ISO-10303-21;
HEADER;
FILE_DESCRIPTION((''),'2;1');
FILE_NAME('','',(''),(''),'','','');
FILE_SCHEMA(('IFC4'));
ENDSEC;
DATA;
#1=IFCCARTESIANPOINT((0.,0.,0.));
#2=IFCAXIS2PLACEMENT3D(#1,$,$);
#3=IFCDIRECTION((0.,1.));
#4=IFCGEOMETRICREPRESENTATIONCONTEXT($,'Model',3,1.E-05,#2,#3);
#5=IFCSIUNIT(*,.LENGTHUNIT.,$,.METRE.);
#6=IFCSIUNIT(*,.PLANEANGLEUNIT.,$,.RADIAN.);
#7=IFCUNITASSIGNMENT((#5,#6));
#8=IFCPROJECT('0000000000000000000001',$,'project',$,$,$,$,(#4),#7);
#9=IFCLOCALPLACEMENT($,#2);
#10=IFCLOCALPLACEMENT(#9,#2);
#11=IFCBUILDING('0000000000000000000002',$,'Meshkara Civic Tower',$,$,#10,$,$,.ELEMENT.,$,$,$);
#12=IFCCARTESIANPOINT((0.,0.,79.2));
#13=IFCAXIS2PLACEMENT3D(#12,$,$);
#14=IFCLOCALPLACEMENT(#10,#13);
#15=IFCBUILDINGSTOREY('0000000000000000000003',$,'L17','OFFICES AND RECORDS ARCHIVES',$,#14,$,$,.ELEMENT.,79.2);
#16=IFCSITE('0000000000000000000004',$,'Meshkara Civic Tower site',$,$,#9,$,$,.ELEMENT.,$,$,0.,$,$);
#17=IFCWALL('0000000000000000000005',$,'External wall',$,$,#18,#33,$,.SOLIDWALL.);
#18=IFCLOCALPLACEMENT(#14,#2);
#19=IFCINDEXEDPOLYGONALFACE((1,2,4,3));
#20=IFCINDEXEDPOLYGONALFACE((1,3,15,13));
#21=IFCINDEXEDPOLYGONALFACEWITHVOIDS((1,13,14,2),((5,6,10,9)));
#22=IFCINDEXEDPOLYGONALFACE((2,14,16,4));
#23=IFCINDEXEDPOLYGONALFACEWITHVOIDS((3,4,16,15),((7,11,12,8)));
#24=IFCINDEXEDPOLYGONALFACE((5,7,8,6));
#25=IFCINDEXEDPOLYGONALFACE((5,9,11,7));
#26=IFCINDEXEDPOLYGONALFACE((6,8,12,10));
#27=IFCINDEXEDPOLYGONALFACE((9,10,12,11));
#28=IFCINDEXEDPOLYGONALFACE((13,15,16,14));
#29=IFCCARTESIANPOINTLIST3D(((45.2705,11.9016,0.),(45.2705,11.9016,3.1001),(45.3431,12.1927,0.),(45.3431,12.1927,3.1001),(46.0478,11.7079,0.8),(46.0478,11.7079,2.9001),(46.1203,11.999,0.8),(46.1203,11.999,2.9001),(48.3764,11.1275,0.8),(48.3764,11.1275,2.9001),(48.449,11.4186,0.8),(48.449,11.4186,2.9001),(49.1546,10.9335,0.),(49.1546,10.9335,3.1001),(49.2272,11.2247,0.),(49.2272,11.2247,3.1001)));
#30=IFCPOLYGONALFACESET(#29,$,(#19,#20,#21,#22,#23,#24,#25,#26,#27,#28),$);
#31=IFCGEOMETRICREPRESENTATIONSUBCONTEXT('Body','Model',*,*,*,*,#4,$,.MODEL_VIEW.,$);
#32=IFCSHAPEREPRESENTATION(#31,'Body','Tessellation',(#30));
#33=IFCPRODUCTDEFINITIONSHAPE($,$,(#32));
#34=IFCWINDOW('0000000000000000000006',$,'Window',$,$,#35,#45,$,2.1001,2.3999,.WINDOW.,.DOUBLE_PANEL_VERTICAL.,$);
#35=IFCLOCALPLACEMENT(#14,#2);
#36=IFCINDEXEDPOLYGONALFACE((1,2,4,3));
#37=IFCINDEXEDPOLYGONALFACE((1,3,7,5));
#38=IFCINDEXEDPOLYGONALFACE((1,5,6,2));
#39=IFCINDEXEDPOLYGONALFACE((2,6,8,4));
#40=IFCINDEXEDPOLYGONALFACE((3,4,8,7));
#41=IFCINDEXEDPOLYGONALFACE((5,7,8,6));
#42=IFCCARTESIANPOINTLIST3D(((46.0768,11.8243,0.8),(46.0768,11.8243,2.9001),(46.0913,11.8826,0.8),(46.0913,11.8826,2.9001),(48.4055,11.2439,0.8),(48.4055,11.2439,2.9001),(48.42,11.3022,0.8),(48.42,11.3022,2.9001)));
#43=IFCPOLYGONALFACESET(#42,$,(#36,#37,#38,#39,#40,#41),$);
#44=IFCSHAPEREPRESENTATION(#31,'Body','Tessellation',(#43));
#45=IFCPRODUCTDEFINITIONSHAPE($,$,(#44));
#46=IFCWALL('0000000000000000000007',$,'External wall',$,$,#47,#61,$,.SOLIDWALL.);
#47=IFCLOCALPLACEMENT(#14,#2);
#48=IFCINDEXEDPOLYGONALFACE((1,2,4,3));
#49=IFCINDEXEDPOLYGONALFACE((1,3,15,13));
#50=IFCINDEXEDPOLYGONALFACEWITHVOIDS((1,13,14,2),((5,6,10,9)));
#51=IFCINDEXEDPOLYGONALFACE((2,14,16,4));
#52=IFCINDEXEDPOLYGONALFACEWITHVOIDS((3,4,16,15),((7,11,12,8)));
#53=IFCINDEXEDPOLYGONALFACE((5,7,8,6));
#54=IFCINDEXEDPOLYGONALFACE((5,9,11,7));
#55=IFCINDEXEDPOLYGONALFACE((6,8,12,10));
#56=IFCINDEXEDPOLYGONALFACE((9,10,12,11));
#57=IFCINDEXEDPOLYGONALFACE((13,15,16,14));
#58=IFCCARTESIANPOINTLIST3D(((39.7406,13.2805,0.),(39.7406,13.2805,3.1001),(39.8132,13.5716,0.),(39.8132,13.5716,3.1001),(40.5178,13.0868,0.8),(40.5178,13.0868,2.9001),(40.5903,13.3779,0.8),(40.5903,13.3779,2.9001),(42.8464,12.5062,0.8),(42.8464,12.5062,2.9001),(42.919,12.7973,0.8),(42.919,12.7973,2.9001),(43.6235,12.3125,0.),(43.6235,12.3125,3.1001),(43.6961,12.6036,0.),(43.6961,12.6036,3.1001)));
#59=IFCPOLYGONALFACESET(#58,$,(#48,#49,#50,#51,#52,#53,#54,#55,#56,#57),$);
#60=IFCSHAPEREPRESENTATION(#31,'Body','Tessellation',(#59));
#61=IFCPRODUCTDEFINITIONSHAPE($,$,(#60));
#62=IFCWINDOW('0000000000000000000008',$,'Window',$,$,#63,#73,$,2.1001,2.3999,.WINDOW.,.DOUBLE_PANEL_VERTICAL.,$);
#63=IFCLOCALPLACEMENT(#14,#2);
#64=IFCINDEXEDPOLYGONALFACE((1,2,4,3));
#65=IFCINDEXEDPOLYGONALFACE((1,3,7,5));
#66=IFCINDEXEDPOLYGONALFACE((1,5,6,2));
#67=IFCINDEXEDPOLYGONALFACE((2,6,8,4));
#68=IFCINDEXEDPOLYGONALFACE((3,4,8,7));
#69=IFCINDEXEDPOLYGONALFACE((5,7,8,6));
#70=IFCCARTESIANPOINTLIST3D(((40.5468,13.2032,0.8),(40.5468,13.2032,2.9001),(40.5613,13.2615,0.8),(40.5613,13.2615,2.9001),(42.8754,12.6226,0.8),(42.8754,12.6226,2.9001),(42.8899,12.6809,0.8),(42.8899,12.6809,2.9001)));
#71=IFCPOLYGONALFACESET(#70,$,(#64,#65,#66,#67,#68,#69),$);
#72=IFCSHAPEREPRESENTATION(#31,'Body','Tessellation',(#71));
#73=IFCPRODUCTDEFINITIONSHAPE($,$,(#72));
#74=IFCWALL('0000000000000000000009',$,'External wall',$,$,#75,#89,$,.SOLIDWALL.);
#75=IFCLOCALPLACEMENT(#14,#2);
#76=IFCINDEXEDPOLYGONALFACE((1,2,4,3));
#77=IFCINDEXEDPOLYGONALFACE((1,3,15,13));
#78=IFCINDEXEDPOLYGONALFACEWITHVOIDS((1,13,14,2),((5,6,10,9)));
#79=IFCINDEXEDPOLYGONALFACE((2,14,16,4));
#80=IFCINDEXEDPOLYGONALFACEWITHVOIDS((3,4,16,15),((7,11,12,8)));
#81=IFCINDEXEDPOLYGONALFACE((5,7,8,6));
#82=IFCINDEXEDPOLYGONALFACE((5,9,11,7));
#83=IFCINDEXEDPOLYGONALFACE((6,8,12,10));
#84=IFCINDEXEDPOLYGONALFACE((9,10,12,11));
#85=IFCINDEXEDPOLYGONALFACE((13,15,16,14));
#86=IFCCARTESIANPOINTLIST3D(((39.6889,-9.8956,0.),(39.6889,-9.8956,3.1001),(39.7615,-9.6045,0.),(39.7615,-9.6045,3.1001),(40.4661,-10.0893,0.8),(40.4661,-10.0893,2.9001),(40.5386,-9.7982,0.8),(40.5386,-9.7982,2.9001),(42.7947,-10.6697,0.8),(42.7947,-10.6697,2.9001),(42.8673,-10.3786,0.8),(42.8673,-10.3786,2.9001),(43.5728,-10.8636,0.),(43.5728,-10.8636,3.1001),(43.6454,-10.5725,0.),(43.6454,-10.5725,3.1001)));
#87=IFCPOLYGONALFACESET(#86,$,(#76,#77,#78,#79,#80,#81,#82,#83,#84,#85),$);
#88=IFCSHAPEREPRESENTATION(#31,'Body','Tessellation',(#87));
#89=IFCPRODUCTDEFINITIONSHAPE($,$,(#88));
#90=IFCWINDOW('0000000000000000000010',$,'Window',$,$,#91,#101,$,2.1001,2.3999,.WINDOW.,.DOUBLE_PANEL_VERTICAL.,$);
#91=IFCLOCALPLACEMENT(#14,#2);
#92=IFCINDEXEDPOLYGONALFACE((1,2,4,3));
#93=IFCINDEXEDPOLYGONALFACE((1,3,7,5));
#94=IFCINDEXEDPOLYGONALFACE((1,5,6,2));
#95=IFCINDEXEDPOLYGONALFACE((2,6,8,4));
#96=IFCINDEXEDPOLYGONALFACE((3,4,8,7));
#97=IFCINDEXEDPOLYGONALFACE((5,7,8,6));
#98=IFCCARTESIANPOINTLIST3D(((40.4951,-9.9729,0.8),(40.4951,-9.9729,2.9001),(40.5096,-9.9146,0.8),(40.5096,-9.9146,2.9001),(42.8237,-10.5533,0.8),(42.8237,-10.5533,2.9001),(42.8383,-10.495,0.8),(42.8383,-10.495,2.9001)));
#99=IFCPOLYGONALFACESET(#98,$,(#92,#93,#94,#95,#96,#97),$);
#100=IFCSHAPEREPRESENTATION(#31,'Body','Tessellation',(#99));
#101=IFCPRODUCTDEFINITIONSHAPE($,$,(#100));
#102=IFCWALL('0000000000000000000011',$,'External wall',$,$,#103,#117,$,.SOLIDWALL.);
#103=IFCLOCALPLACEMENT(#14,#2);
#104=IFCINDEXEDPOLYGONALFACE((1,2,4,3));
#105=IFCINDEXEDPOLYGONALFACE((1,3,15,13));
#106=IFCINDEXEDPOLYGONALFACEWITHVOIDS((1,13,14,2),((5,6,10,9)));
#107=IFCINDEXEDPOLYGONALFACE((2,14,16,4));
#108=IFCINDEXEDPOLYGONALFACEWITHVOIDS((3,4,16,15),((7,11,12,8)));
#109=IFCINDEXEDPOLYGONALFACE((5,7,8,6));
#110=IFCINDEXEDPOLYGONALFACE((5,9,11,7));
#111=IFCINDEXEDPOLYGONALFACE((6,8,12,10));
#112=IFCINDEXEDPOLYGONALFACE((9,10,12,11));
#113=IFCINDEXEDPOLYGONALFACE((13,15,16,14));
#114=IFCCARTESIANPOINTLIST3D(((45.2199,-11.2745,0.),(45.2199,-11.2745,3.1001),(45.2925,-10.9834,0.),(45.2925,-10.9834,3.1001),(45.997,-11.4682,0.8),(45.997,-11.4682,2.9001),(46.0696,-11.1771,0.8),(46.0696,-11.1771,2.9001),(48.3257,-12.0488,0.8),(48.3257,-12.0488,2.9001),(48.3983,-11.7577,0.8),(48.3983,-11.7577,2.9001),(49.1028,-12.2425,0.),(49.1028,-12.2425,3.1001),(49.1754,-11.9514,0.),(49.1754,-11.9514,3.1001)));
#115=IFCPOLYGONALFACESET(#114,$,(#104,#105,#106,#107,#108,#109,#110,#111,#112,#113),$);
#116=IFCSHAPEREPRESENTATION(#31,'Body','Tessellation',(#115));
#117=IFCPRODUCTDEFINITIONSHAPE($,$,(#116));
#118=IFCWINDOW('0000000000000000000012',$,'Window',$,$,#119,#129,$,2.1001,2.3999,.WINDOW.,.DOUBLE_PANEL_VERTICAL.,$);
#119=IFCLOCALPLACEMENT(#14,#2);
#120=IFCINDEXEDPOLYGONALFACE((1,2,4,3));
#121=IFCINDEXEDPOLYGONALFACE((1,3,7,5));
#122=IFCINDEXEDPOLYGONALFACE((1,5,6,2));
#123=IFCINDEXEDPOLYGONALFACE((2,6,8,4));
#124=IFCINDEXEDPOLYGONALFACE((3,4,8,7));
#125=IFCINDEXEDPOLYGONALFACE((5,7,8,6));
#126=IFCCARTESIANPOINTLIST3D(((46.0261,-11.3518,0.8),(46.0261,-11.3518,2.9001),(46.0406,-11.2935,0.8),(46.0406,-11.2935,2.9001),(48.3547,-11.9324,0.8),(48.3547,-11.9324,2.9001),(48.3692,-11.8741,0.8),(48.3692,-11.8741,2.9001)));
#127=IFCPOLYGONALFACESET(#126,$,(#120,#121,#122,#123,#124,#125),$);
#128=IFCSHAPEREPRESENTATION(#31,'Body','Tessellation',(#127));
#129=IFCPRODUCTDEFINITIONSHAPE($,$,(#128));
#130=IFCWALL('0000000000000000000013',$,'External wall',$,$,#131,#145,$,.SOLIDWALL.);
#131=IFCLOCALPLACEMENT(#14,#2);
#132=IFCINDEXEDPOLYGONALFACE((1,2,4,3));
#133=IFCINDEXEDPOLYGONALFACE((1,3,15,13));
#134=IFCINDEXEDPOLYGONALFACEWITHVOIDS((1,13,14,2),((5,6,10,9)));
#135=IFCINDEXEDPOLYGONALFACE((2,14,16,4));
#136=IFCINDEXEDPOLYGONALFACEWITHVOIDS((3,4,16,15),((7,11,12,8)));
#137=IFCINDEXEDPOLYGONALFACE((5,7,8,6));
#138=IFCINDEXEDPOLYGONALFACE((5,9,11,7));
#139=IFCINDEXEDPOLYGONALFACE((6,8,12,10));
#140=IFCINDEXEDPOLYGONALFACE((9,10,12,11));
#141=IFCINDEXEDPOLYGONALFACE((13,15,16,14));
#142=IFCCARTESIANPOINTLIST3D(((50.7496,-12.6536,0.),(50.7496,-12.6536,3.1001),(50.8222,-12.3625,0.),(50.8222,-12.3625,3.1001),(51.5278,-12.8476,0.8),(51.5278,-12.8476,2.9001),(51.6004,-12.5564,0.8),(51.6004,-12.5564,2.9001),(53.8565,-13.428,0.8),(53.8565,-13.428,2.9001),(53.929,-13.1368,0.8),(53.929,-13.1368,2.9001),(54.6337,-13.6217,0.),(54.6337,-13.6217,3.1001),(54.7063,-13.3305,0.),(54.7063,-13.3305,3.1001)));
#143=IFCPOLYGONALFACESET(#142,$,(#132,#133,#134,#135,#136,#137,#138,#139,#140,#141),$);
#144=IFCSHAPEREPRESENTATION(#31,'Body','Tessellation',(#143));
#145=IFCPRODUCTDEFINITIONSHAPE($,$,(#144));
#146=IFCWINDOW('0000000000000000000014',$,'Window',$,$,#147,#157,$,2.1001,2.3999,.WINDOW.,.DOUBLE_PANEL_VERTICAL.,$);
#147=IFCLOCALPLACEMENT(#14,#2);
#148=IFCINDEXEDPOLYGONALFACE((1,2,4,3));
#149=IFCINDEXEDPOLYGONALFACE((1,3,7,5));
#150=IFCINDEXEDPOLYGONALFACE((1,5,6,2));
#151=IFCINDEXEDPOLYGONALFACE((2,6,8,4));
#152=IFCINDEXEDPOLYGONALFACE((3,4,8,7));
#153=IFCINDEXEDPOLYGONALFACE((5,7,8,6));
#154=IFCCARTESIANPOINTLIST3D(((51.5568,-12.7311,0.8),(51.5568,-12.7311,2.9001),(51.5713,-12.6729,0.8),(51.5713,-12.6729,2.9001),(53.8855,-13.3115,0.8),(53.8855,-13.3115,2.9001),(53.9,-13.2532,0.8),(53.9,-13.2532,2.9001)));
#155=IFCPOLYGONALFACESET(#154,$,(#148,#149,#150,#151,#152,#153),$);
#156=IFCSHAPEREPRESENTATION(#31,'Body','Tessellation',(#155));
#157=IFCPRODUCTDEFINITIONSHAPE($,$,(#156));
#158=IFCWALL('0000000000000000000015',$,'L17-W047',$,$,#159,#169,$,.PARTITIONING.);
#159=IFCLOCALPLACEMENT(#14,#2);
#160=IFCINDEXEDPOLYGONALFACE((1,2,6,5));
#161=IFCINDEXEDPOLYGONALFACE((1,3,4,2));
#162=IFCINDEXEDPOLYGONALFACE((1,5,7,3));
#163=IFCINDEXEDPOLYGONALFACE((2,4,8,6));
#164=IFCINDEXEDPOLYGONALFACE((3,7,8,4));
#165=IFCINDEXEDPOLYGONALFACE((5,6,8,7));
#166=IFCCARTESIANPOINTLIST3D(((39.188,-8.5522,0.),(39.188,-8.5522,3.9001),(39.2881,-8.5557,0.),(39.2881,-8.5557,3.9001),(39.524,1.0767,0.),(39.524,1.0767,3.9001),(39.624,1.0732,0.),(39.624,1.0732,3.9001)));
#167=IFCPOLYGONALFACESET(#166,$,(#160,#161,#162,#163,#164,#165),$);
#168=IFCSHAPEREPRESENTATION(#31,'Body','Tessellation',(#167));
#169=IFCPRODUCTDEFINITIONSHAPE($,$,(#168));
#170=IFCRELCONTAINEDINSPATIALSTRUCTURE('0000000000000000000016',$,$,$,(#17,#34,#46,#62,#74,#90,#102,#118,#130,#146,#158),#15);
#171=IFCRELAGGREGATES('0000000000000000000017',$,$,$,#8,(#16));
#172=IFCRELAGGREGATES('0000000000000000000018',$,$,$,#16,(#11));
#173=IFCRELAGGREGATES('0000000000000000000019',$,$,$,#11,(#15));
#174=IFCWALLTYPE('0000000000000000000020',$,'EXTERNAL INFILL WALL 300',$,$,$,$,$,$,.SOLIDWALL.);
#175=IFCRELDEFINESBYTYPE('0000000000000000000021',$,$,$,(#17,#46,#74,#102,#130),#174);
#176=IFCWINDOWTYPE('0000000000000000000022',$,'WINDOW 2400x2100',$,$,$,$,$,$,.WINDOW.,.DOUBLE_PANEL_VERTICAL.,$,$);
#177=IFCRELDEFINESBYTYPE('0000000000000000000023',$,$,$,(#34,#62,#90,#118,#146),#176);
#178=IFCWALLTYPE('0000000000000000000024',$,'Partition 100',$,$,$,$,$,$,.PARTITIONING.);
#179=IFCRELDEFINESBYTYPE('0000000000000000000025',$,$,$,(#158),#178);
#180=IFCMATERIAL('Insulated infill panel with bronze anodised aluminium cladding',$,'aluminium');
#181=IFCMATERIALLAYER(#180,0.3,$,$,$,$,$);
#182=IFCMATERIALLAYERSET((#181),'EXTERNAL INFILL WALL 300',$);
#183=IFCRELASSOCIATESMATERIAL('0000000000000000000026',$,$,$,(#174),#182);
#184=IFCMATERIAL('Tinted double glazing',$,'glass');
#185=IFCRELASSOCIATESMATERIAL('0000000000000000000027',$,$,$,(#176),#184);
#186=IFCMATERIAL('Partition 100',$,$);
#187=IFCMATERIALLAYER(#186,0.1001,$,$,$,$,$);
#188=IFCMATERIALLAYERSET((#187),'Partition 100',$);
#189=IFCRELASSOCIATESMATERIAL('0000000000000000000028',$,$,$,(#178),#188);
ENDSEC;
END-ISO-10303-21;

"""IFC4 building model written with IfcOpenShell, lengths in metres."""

from ifc_helpers import new_model, si_unit, direction, frame, frame_2d, origin, place, context, subcontext, project, spatial, rectangle, extrude, material, layer, layer_set, type_object, element, fill, save


model = new_model("IFC4")

# Units and contexts
model_context = context("Model", 3, precision=1e-05, world=origin(), true_north=direction((0.0, 1.0)))
body_context = subcontext(model_context, "Body", "Model", "MODEL_VIEW")
ifc_project = project(units=[si_unit("LENGTHUNIT", "METRE"), si_unit("PLANEANGLEUNIT", "RADIAN")], contexts=[model_context])

# Site, building, storey
site_placement = place(None, origin())
site = spatial("IfcSite", under=ifc_project, at=site_placement, Name="Meshkara Civic Tower site", CompositionType="ELEMENT", RefElevation=0.0)
building_placement = place(site_placement, origin())
building = spatial("IfcBuilding", under=site, at=building_placement, Name="Meshkara Civic Tower", CompositionType="ELEMENT")
storey_placement = place(building_placement, frame((0.0, 0.0, 79.2)))
storey = spatial("IfcBuildingStorey", under=building, at=storey_placement, Name="L17", Description="OFFICES AND RECORDS ARCHIVES", CompositionType="ELEMENT", Elevation=79.2)

# Walls, openings, windows
ifc_material_1 = material(Name="Insulated infill panel with bronze anodised aluminium cladding", Category="aluminium")
ifc_layer_1 = layer(ifc_material_1, 0.3)
ifc_layer_set_1 = layer_set([ifc_layer_1], Name="EXTERNAL INFILL WALL 300")
wall_type_1 = type_object("IfcWallType", Name="EXTERNAL INFILL WALL 300", PredefinedType="SOLIDWALL", material=ifc_layer_set_1)
wall_1_placement = place(storey_placement, frame((49.1909, 11.0791, 0.0), z_axis=(0.0, 0.0, 1.0), x_axis=(-0.970318, 0.241832, 0.0)))
wall_1 = element("IfcWall", 1, at=wall_1_placement, inside=storey, type_object=wall_type_1, Name="External wall", PredefinedType="SOLIDWALL", context=body_context, shape_type="SweptSolid", body=[
    extrude(rectangle(XDim=4.0029, YDim=0.3, at=frame_2d((2.0015, 0.0))), origin(), (0.0, 0.0, 1.0), 3.1001),
])
opening_1_placement = place(wall_1_placement, frame((0.802, 0.0, 0.8)))
opening_1 = element("IfcOpeningElement", 2, at=opening_1_placement, cuts=wall_1, PredefinedType="OPENING", context=body_context, shape_type="SweptSolid", body=[
    extrude(rectangle(XDim=2.3999, YDim=2.1001, at=frame_2d((1.2, 1.05))), frame((0.0, 0.1599, 0.0), z_axis=(0.0, -1.0, 0.0), x_axis=(1.0, 0.0, 0.0)), (0.0, 0.0, 1.0), 0.3201),
])
ifc_material_2 = material(Name="Tinted double glazing", Category="glass")
window_type = type_object("IfcWindowType", Name="WINDOW 2400x2100", PartitioningType="DOUBLE_PANEL_VERTICAL", PredefinedType="WINDOW", material=ifc_material_2)
window_1_placement = place(opening_1_placement, origin())
window_1 = element("IfcWindow", 3, at=window_1_placement, inside=storey, type_object=window_type, Name="Window", OverallHeight=2.1001, OverallWidth=2.3999, PartitioningType="DOUBLE_PANEL_VERTICAL", PredefinedType="WINDOW", context=body_context, shape_type="SweptSolid", body=[
    extrude(rectangle(XDim=2.3999, YDim=2.1001, at=frame_2d((1.2, 1.05))), frame((0.0, 0.03, 0.0), z_axis=(0.0, -1.0, 0.0), x_axis=(1.0, 0.0, 0.0)), (0.0, 0.0, 1.0), 0.0601),
])
fill(opening_1, window_1)
wall_2_placement = place(storey_placement, frame((43.6599, 12.458, 0.0), z_axis=(0.0, 0.0, 1.0), x_axis=(-0.9703, 0.241904, 0.0)))
wall_2 = element("IfcWall", 4, at=wall_2_placement, inside=storey, type_object=wall_type_1, Name="External wall", PredefinedType="SOLIDWALL", context=body_context, shape_type="SweptSolid", body=[
    extrude(rectangle(XDim=4.0017, YDim=0.3, at=frame_2d((2.001, 0.0))), origin(), (0.0, 0.0, 1.0), 3.1001),
])
opening_2_placement = place(wall_2_placement, frame((0.801, 0.0, 0.8)))
opening_2 = element("IfcOpeningElement", 5, at=opening_2_placement, cuts=wall_2, PredefinedType="OPENING", context=body_context, shape_type="SweptSolid", body=[
    extrude(rectangle(XDim=2.3999, YDim=2.1001, at=frame_2d((1.2, 1.05))), frame((0.0, 0.1599, 0.0), z_axis=(0.0, -1.0, 0.0), x_axis=(1.0, 0.0, 0.0)), (0.0, 0.0, 1.0), 0.3201),
])
window_2_placement = place(opening_2_placement, origin())
window_2 = element("IfcWindow", 6, at=window_2_placement, inside=storey, type_object=window_type, Name="Window", OverallHeight=2.1001, OverallWidth=2.3999, PartitioningType="DOUBLE_PANEL_VERTICAL", PredefinedType="WINDOW", context=body_context, shape_type="SweptSolid", body=[
    extrude(rectangle(XDim=2.3999, YDim=2.1001, at=frame_2d((1.2, 1.05))), frame((0.0, 0.03, 0.0), z_axis=(0.0, -1.0, 0.0), x_axis=(1.0, 0.0, 0.0)), (0.0, 0.0, 1.0), 0.0601),
])
fill(opening_2, window_2)
wall_3_placement = place(storey_placement, frame((39.7251, -9.75, 0.0), z_axis=(0.0, 0.0, 1.0), x_axis=(0.970314, -0.241847, 0.0)))
wall_3 = element("IfcWall", 7, at=wall_3_placement, inside=storey, type_object=wall_type_1, Name="External wall", PredefinedType="SOLIDWALL", context=body_context, shape_type="SweptSolid", body=[
    extrude(rectangle(XDim=4.0027, YDim=0.3, at=frame_2d((2.0015, 0.0))), origin(), (0.0, 0.0, 1.0), 3.1001),
])
opening_3_placement = place(wall_3_placement, frame((0.801, 0.0, 0.8)))
opening_3 = element("IfcOpeningElement", 8, at=opening_3_placement, cuts=wall_3, PredefinedType="OPENING", context=body_context, shape_type="SweptSolid", body=[
    extrude(rectangle(XDim=2.3999, YDim=2.1001, at=frame_2d((1.2, 1.05))), frame((0.0, 0.1599, 0.0), z_axis=(0.0, -1.0, 0.0), x_axis=(1.0, 0.0, 0.0)), (0.0, 0.0, 1.0), 0.3201),
])
window_3_placement = place(opening_3_placement, origin())
window_3 = element("IfcWindow", 9, at=window_3_placement, inside=storey, type_object=window_type, Name="Window", OverallHeight=2.1001, OverallWidth=2.3999, PartitioningType="DOUBLE_PANEL_VERTICAL", PredefinedType="WINDOW", context=body_context, shape_type="SweptSolid", body=[
    extrude(rectangle(XDim=2.3999, YDim=2.1001, at=frame_2d((1.2, 1.05))), frame((0.0, 0.03, 0.0), z_axis=(0.0, -1.0, 0.0), x_axis=(1.0, 0.0, 0.0)), (0.0, 0.0, 1.0), 0.0601),
])
fill(opening_3, window_3)
wall_4_placement = place(storey_placement, frame((45.2561, -11.1289, 0.0), z_axis=(0.0, 0.0, 1.0), x_axis=(0.9703, -0.241904, 0.0)))
wall_4 = element("IfcWall", 10, at=wall_4_placement, inside=storey, type_object=wall_type_1, Name="External wall", PredefinedType="SOLIDWALL", context=body_context, shape_type="SweptSolid", body=[
    extrude(rectangle(XDim=4.0017, YDim=0.3, at=frame_2d((2.001, 0.0))), origin(), (0.0, 0.0, 1.0), 3.1001),
])
opening_4_placement = place(wall_4_placement, frame((0.801, 0.0, 0.8)))
opening_4 = element("IfcOpeningElement", 11, at=opening_4_placement, cuts=wall_4, PredefinedType="OPENING", context=body_context, shape_type="SweptSolid", body=[
    extrude(rectangle(XDim=2.3999, YDim=2.1001, at=frame_2d((1.2, 1.05))), frame((0.0, 0.1599, 0.0), z_axis=(0.0, -1.0, 0.0), x_axis=(1.0, 0.0, 0.0)), (0.0, 0.0, 1.0), 0.3201),
])
window_4_placement = place(opening_4_placement, origin())
window_4 = element("IfcWindow", 12, at=window_4_placement, inside=storey, type_object=window_type, Name="Window", OverallHeight=2.1001, OverallWidth=2.3999, PartitioningType="DOUBLE_PANEL_VERTICAL", PredefinedType="WINDOW", context=body_context, shape_type="SweptSolid", body=[
    extrude(rectangle(XDim=2.3999, YDim=2.1001, at=frame_2d((1.2, 1.05))), frame((0.0, 0.03, 0.0), z_axis=(0.0, -1.0, 0.0), x_axis=(1.0, 0.0, 0.0)), (0.0, 0.0, 1.0), 0.0601),
])
fill(opening_4, window_4)
wall_5_placement = place(storey_placement, frame((50.7859, -12.5081, 0.0), z_axis=(0.0, 0.0, 1.0), x_axis=(0.970318, -0.241832, 0.0)))
wall_5 = element("IfcWall", 13, at=wall_5_placement, inside=storey, type_object=wall_type_1, Name="External wall", PredefinedType="SOLIDWALL", context=body_context, shape_type="SweptSolid", body=[
    extrude(rectangle(XDim=4.0029, YDim=0.3, at=frame_2d((2.0015, 0.0))), origin(), (0.0, 0.0, 1.0), 3.1001),
])
opening_5_placement = place(wall_5_placement, frame((0.802, 0.0, 0.8)))
opening_5 = element("IfcOpeningElement", 14, at=opening_5_placement, cuts=wall_5, PredefinedType="OPENING", context=body_context, shape_type="SweptSolid", body=[
    extrude(rectangle(XDim=2.3999, YDim=2.1001, at=frame_2d((1.2, 1.05))), frame((0.0, 0.1599, 0.0), z_axis=(0.0, -1.0, 0.0), x_axis=(1.0, 0.0, 0.0)), (0.0, 0.0, 1.0), 0.3201),
])
window_5_placement = place(opening_5_placement, origin())
window_5 = element("IfcWindow", 15, at=window_5_placement, inside=storey, type_object=window_type, Name="Window", OverallHeight=2.1001, OverallWidth=2.3999, PartitioningType="DOUBLE_PANEL_VERTICAL", PredefinedType="WINDOW", context=body_context, shape_type="SweptSolid", body=[
    extrude(rectangle(XDim=2.3999, YDim=2.1001, at=frame_2d((1.2, 1.05))), frame((0.0, 0.03, 0.0), z_axis=(0.0, -1.0, 0.0), x_axis=(1.0, 0.0, 0.0)), (0.0, 0.0, 1.0), 0.0601),
])
fill(opening_5, window_5)

# Wall
ifc_material_3 = material(Name="Partition 100")
ifc_layer_2 = layer(ifc_material_3, 0.1001)
ifc_layer_set_2 = layer_set([ifc_layer_2], Name="Partition 100")
wall_type_2 = type_object("IfcWallType", Name="Partition 100", PredefinedType="PARTITIONING", material=ifc_layer_set_2)
wall_6_placement = place(storey_placement, frame((39.238, -8.554, 0.0), z_axis=(0.0, 0.0, 1.0), x_axis=(0.034867, 0.999392, 0.0)))
element("IfcWall", 16, at=wall_6_placement, inside=storey, type_object=wall_type_2, Name="L17-W047", PredefinedType="PARTITIONING", context=body_context, shape_type="SweptSolid", body=[
    extrude(rectangle(XDim=9.6348, YDim=0.1001, at=frame_2d((4.8174, 0.0))), origin(), (0.0, 0.0, 1.0), 3.9001),
])

save(model, "model.ifc")
